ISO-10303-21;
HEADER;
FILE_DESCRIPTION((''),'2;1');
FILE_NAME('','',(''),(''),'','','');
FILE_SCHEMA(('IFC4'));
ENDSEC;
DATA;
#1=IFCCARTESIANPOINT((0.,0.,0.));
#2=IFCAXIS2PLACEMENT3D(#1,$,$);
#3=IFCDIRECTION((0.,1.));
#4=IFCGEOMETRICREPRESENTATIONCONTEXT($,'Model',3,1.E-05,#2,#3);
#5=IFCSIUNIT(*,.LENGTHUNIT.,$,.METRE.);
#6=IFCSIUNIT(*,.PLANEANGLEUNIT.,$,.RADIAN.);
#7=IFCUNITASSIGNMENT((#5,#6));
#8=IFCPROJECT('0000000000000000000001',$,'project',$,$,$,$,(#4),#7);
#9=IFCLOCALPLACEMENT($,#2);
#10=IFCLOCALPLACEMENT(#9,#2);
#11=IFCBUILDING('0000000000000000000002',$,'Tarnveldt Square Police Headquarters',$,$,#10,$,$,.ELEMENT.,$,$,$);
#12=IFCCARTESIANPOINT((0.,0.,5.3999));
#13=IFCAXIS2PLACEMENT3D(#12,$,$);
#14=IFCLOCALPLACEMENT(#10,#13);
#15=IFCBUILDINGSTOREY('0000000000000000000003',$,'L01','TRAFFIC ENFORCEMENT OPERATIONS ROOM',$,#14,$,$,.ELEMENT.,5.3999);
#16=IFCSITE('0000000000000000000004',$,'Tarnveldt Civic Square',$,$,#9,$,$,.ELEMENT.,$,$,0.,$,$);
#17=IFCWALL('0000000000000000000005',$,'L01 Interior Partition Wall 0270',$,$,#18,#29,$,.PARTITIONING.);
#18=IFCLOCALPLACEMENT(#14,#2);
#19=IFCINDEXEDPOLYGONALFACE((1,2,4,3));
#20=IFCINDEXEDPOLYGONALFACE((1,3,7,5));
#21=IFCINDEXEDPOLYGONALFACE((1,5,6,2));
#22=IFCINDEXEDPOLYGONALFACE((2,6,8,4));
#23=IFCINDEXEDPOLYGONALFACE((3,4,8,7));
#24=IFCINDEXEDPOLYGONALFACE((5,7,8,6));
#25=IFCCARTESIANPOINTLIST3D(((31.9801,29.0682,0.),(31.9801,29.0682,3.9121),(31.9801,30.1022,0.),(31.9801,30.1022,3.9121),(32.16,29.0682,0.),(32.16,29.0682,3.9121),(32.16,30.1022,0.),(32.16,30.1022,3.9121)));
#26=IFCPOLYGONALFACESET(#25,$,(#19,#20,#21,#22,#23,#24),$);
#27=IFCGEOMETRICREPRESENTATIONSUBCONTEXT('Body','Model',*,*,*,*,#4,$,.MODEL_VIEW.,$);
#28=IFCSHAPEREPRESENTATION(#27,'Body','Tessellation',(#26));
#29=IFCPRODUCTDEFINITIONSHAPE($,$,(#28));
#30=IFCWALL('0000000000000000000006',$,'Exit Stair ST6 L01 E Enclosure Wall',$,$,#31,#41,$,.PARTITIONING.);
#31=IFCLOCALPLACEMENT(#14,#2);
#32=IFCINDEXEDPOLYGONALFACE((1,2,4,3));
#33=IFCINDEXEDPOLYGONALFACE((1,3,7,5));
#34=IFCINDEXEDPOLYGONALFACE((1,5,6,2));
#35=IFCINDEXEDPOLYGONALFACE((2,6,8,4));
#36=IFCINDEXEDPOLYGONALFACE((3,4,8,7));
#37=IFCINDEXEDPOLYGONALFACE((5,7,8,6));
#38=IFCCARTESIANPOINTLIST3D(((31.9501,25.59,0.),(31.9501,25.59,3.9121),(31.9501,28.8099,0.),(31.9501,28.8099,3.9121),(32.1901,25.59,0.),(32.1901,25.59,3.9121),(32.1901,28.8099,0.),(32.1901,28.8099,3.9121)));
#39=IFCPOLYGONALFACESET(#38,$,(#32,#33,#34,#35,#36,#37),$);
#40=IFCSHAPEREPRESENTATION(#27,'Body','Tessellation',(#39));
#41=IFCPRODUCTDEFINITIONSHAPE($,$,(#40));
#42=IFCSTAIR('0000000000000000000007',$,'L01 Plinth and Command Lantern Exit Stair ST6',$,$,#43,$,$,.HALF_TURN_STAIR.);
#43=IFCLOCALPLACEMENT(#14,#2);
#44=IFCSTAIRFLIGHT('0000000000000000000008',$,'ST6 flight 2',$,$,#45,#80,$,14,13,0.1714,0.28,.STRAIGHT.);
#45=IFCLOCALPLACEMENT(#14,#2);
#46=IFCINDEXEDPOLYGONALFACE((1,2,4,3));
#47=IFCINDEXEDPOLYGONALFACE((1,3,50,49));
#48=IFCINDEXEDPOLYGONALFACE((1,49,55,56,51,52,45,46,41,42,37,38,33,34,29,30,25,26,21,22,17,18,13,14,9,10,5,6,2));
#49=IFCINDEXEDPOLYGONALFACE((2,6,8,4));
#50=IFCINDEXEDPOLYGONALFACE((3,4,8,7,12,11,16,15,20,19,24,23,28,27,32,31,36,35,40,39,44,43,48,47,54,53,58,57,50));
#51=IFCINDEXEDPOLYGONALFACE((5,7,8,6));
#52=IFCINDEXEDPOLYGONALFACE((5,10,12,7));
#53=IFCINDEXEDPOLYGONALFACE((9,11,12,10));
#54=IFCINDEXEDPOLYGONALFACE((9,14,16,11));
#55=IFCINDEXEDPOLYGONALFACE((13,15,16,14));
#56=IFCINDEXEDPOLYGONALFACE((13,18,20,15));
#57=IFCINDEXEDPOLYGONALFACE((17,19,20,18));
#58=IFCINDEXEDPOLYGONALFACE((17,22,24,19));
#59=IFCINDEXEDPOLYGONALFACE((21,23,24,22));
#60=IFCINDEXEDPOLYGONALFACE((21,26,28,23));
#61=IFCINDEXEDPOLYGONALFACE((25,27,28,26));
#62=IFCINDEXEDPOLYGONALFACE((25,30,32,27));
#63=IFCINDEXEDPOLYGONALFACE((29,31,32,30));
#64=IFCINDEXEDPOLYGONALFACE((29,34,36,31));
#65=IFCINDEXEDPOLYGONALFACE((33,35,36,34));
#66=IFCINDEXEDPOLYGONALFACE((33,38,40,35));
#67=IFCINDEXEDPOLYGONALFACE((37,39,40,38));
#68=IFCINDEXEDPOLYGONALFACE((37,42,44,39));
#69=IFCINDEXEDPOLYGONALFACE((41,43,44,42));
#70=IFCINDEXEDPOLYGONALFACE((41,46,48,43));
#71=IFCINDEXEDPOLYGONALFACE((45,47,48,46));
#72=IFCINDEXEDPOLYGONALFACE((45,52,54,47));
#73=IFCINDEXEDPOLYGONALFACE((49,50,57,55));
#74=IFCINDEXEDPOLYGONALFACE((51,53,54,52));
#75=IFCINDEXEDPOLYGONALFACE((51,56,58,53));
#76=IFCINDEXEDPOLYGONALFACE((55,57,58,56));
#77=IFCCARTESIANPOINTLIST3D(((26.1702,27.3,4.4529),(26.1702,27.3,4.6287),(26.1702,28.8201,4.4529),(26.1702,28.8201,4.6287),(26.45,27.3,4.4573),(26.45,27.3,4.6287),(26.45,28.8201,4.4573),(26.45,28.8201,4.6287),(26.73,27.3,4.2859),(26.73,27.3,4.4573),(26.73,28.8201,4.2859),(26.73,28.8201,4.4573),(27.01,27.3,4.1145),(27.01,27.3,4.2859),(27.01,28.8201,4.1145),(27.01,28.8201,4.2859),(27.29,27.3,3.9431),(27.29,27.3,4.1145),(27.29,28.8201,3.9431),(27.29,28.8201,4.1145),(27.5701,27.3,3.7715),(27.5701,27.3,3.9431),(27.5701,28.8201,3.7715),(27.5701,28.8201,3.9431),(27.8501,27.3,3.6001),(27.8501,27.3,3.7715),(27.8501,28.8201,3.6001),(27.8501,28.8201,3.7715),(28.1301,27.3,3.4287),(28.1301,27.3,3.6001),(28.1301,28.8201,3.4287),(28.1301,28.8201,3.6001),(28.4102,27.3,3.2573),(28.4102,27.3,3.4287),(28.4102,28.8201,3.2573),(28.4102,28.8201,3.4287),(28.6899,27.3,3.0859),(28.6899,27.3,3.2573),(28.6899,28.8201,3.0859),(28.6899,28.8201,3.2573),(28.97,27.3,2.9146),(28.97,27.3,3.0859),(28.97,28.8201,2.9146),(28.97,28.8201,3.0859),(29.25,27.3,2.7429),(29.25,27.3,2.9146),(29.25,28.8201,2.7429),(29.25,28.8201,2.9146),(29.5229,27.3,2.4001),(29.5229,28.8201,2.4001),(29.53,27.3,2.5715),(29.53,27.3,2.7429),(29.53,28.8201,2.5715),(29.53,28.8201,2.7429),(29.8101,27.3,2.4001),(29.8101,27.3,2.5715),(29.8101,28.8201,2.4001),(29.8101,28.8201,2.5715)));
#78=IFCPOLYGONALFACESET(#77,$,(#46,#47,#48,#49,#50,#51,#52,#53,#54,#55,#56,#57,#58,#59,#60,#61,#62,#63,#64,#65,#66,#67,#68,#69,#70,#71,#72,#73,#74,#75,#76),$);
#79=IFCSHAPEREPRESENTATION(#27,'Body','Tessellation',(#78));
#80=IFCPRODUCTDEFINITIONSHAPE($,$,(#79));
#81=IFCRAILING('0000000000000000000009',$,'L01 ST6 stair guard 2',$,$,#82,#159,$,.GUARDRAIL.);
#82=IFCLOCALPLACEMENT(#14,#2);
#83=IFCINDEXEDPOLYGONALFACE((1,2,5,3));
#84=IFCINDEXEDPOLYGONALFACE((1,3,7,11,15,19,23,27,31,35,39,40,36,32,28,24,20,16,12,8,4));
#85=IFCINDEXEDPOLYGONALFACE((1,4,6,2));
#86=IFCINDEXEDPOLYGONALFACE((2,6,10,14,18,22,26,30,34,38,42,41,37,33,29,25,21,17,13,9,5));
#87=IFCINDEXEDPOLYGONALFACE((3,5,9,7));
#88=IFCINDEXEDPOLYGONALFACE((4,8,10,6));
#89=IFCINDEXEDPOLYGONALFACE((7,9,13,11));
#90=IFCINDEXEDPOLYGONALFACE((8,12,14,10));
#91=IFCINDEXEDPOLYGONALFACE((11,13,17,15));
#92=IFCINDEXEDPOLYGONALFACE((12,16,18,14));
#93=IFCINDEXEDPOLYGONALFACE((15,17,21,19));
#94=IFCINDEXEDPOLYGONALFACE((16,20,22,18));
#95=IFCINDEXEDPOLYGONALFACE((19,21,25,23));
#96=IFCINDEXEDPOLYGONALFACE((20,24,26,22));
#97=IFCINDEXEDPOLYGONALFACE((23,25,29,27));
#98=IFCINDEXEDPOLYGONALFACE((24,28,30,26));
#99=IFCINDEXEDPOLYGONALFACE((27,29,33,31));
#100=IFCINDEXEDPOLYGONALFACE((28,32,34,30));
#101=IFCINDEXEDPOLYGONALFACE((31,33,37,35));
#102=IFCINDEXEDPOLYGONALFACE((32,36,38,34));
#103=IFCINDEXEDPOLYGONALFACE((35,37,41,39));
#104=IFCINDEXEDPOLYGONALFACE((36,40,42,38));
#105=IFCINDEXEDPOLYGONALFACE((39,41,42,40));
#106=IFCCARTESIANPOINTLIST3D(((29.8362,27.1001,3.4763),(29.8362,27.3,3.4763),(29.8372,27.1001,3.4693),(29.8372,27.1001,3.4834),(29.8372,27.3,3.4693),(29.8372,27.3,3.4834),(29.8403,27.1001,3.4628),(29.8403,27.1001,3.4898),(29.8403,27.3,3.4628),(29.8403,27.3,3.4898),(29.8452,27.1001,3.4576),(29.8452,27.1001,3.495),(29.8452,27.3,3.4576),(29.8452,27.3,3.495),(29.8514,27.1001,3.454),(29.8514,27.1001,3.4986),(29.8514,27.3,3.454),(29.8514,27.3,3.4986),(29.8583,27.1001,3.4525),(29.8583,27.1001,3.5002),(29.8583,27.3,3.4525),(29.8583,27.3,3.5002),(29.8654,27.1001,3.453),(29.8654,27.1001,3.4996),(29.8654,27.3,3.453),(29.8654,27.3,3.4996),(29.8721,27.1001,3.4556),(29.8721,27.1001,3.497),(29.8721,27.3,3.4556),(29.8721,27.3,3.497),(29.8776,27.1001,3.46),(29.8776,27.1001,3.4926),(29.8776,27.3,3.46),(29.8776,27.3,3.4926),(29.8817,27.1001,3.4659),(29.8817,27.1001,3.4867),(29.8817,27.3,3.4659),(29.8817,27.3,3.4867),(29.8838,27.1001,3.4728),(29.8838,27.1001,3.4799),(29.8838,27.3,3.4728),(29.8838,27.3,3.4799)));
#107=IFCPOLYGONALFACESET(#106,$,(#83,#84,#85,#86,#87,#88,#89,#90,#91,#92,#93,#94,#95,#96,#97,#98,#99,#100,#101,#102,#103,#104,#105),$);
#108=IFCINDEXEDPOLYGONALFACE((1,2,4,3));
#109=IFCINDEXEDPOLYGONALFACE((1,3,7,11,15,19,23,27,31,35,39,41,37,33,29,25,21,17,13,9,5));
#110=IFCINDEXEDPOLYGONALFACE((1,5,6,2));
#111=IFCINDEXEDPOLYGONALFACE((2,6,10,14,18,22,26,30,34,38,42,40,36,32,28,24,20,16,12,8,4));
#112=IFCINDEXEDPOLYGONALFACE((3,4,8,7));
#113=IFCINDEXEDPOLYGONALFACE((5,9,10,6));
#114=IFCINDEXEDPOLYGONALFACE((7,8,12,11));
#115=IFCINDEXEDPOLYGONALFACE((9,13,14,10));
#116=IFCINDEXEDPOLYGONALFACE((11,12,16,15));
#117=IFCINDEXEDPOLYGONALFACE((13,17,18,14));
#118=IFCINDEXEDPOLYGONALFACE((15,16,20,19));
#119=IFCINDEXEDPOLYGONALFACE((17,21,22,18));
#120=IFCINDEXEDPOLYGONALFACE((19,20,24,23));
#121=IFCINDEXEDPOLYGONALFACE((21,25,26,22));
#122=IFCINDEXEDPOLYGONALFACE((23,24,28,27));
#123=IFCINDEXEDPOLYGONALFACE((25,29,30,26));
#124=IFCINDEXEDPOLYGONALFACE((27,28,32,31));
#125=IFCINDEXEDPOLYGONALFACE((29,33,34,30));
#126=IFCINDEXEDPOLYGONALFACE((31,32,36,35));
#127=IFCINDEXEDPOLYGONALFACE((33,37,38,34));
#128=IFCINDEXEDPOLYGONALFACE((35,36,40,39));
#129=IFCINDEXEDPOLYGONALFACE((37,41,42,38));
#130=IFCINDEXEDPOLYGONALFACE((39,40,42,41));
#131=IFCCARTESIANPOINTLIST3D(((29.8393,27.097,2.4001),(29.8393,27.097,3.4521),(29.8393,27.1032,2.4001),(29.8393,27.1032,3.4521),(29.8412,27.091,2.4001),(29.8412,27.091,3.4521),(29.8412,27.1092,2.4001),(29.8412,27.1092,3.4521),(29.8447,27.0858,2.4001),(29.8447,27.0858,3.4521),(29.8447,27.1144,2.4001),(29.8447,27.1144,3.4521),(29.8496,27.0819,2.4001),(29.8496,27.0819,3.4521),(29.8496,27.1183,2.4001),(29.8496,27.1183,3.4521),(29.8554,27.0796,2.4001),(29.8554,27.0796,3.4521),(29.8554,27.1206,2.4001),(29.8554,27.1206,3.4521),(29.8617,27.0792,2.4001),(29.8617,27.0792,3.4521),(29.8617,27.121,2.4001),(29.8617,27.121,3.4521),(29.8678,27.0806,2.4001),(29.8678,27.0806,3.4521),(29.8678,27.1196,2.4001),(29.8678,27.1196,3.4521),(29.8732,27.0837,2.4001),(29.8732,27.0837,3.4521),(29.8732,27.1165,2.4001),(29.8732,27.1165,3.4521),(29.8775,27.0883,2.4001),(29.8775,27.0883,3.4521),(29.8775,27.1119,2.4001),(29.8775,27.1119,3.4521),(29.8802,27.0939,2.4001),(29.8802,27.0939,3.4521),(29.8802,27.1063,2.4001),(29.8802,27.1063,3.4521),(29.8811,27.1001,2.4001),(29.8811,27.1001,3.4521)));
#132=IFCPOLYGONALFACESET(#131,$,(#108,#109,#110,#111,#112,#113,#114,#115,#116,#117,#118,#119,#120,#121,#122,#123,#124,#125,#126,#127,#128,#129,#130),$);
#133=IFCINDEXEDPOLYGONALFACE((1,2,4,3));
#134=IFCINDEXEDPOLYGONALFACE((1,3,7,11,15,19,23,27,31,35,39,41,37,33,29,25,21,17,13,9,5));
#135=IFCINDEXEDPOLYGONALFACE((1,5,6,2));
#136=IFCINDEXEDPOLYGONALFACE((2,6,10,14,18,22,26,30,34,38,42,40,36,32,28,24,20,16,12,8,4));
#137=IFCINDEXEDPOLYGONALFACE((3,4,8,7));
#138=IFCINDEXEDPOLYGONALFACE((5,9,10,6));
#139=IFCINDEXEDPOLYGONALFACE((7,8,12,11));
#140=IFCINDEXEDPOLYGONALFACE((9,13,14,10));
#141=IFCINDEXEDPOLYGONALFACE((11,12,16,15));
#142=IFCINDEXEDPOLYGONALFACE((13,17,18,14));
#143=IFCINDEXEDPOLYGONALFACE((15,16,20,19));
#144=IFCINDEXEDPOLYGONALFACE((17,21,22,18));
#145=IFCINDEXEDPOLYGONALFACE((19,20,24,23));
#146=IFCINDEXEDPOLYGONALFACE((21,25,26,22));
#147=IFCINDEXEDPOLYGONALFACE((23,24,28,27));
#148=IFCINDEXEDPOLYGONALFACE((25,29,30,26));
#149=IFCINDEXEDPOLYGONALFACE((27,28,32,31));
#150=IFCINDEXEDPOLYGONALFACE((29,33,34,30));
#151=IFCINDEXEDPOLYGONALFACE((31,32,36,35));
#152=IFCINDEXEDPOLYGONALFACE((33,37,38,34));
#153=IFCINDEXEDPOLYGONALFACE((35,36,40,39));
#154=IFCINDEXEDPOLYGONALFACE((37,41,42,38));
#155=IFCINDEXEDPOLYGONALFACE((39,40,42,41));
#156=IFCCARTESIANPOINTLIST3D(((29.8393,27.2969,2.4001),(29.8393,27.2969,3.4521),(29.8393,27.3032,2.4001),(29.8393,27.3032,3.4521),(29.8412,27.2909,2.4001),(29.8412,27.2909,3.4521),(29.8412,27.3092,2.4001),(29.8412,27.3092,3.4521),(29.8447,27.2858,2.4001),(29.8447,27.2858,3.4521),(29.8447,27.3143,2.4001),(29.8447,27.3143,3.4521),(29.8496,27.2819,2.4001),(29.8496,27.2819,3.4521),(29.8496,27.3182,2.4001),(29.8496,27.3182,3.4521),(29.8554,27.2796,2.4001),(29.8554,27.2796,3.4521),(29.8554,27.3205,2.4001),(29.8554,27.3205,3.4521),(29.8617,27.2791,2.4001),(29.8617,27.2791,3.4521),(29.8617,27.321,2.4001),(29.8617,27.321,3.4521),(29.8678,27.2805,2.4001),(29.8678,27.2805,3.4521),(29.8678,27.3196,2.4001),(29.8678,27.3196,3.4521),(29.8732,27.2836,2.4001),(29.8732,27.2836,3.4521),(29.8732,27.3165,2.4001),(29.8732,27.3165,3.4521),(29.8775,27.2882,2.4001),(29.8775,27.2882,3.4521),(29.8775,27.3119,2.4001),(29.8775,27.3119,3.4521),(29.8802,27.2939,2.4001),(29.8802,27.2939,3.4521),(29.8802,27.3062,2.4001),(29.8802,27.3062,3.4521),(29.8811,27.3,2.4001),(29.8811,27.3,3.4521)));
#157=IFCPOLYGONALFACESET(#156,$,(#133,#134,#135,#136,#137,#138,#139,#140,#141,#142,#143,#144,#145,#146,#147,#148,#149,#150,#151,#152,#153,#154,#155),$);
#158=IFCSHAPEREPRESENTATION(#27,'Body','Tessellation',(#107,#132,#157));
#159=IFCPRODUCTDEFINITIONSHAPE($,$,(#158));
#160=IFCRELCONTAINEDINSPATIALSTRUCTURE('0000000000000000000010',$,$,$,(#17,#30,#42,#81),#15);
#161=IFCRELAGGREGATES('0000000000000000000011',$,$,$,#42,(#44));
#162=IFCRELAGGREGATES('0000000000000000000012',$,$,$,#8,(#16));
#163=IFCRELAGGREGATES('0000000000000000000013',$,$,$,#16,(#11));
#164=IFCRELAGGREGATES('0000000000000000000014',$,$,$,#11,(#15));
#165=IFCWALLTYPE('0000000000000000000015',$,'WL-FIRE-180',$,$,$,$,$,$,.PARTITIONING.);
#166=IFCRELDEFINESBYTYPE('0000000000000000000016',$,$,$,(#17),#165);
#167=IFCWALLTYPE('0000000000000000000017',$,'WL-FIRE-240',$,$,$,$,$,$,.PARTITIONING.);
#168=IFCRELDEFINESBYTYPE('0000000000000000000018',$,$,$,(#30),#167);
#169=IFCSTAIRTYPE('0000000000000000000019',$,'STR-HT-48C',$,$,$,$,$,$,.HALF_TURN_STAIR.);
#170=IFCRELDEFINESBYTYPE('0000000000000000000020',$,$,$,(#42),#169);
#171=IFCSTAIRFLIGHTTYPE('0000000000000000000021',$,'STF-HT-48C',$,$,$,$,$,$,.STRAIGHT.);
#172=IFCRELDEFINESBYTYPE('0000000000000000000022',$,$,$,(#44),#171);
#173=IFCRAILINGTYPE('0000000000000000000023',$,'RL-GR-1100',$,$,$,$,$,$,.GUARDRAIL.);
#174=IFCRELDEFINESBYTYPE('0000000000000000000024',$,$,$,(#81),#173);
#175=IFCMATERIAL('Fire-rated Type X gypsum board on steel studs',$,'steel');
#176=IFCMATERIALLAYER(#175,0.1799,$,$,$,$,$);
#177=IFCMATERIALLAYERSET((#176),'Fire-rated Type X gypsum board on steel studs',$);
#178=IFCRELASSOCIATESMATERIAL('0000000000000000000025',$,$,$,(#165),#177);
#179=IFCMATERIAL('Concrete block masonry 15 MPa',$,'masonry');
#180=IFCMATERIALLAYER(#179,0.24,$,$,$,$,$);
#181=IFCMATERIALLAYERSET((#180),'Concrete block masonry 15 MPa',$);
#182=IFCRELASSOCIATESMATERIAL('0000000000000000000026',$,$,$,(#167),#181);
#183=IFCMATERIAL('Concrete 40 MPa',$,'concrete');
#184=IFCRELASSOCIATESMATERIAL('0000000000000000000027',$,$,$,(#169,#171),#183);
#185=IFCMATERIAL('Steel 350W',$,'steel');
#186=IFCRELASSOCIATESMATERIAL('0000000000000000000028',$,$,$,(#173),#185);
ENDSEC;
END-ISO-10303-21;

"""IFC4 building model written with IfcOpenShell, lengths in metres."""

from ifc_helpers import new_model, si_unit, direction, frame, frame_2d, origin, origin_2d, place, context, subcontext, project, spatial, polyline, rectangle, circle, outline, extrude, material, layer, layer_set, type_object, element, aggregate, save


model = new_model("IFC4")

# Units and contexts
model_context = context("Model", 3, precision=1e-05, world=origin(), true_north=direction((0.0, 1.0)))
body_context = subcontext(model_context, "Body", "Model", "MODEL_VIEW")
ifc_project = project(units=[si_unit("LENGTHUNIT", "METRE"), si_unit("PLANEANGLEUNIT", "RADIAN")], contexts=[model_context])

# Site, building, storey
site_placement = place(None, origin())
site = spatial("IfcSite", under=ifc_project, at=site_placement, Name="Tarnveldt Civic Square", CompositionType="ELEMENT", RefElevation=0.0)
building_placement = place(site_placement, origin())
building = spatial("IfcBuilding", under=site, at=building_placement, Name="Tarnveldt Square Police Headquarters", CompositionType="ELEMENT")
storey_placement = place(building_placement, frame((0.0, 0.0, 5.3999)))
storey = spatial("IfcBuildingStorey", under=building, at=storey_placement, Name="L01", Description="TRAFFIC ENFORCEMENT OPERATIONS ROOM", CompositionType="ELEMENT", Elevation=5.3999)

# Shared definitions
ifc_material_1 = material(Name="Concrete 40 MPa", Category="concrete")

# Shared definitions
ifc_material_2 = material(Name="Steel 350W", Category="steel")

# Walls
ifc_material_3 = material(Name="Fire-rated Type X gypsum board on steel studs", Category="steel")
ifc_layer_1 = layer(ifc_material_3, 0.1799)
ifc_layer_set_1 = layer_set([ifc_layer_1], Name="Fire-rated Type X gypsum board on steel studs")
wall_type_1 = type_object("IfcWallType", Name="WL-FIRE-180", PredefinedType="PARTITIONING", material=ifc_layer_set_1)
wall_1_placement = place(storey_placement, frame((32.0701, 29.0681, 0.0), z_axis=(0.0, 0.0, 1.0), x_axis=(0.0, 1.0, 0.0)))
element("IfcWall", 1, at=wall_1_placement, inside=storey, type_object=wall_type_1, Name="L01 Interior Partition Wall 0270", PredefinedType="PARTITIONING", context=body_context, shape_type="SweptSolid", body=[
    extrude(rectangle(XDim=1.0339, YDim=0.1799, at=frame_2d((0.5171, 0.0))), origin(), (0.0, 0.0, 1.0), 3.9121),
])
ifc_material_4 = material(Name="Concrete block masonry 15 MPa", Category="masonry")
ifc_layer_2 = layer(ifc_material_4, 0.24)
ifc_layer_set_2 = layer_set([ifc_layer_2], Name="Concrete block masonry 15 MPa")
wall_type_2 = type_object("IfcWallType", Name="WL-FIRE-240", PredefinedType="PARTITIONING", material=ifc_layer_set_2)
wall_2_placement = place(storey_placement, frame((32.0701, 25.5901, 0.0), z_axis=(0.0, 0.0, 1.0), x_axis=(0.0, 1.0, 0.0)))
element("IfcWall", 2, at=wall_2_placement, inside=storey, type_object=wall_type_2, Name="Exit Stair ST6 L01 E Enclosure Wall", PredefinedType="PARTITIONING", context=body_context, shape_type="SweptSolid", body=[
    extrude(rectangle(XDim=3.22, YDim=0.24, at=frame_2d((1.6099, 0.0))), origin(), (0.0, 0.0, 1.0), 3.9121),
])

# Stair, stair flight
stair_type = type_object("IfcStairType", Name="STR-HT-48C", PredefinedType="HALF_TURN_STAIR", material=ifc_material_1)
stair_placement = place(storey_placement, origin())
stair = element("IfcStair", 3, at=stair_placement, inside=storey, type_object=stair_type, Name="L01 Plinth and Command Lantern Exit Stair ST6", PredefinedType="HALF_TURN_STAIR")
stair_flight_type = type_object("IfcStairFlightType", Name="STF-HT-48C", PredefinedType="STRAIGHT", material=ifc_material_1)
stair_flight_placement = place(storey_placement, frame((29.8101, 28.0601, 2.4001), z_axis=(0.0, 0.0, 1.0), x_axis=(-1.0, 0.0, 0.0)))
stair_flight = element("IfcStairFlight", 4, at=stair_flight_placement, type_object=stair_flight_type, Name="ST6 flight 2", NumberOfRisers=14, NumberOfTreads=13, PredefinedType="STRAIGHT", RiserHeight=0.1714, TreadLength=0.28, context=body_context, shape_type="SweptSolid", body=[
    extrude(outline(polyline([(0.0, 0.0), (0.0, 0.1714), (0.28, 0.1714), (0.28, 0.3428), (0.5601, 0.3428), (0.5601, 0.5144), (0.8401, 0.5144), (0.8401, 0.6858), (1.1201, 0.6858), (1.1201, 0.8572), (1.3999, 0.8572), (1.3999, 1.0286), (1.6799, 1.0286), (1.6799, 1.2), (1.96, 1.2), (1.96, 1.3713), (2.24, 1.3713), (2.24, 1.543), (2.52, 1.543), (2.52, 1.7144), (2.8, 1.7144), (2.8, 1.8857), (3.0801, 1.8857), (3.0801, 2.0571), (3.3601, 2.0571), (3.3601, 2.2285), (3.6399, 2.2285), (3.6399, 2.3999), (3.6399, 2.0527), (0.2871, 0.0), (0.0, 0.0)])), frame((0.0, 0.76, 0.0), z_axis=(0.0, -1.0, 0.0), x_axis=(1.0, 0.0, 0.0)), (0.0, 0.0, 1.0), 1.52),
])
aggregate(stair, [stair_flight])

# Railing
railing_type_1 = type_object("IfcRailingType", Name="RL-GR-1100", PredefinedType="GUARDRAIL", material=ifc_material_2)
railing_1_placement = place(storey_placement, frame((29.8601, 27.1001, 2.4001)))
element("IfcRailing", 5, at=railing_1_placement, inside=storey, type_object=railing_type_1, Name="L01 ST6 stair guard 2", PredefinedType="GUARDRAIL", context=body_context, shape_type="SweptSolid", body=[
    extrude(circle(Radius=0.0239, at=origin_2d()), frame((0.0, 0.0, 1.0762), z_axis=(0.0, 1.0, 0.0), x_axis=(-1.0, 0.0, 0.0)), (0.0, 0.0, 1.0), 0.2),
    extrude(circle(Radius=0.021, at=origin_2d()), origin(), (0.0, 0.0, 1.0), 1.052),
    extrude(circle(Radius=0.021, at=origin_2d()), frame((0.0, 0.2, 0.0)), (0.0, 0.0, 1.0), 1.052),
])

save(model, "model.ifc")
